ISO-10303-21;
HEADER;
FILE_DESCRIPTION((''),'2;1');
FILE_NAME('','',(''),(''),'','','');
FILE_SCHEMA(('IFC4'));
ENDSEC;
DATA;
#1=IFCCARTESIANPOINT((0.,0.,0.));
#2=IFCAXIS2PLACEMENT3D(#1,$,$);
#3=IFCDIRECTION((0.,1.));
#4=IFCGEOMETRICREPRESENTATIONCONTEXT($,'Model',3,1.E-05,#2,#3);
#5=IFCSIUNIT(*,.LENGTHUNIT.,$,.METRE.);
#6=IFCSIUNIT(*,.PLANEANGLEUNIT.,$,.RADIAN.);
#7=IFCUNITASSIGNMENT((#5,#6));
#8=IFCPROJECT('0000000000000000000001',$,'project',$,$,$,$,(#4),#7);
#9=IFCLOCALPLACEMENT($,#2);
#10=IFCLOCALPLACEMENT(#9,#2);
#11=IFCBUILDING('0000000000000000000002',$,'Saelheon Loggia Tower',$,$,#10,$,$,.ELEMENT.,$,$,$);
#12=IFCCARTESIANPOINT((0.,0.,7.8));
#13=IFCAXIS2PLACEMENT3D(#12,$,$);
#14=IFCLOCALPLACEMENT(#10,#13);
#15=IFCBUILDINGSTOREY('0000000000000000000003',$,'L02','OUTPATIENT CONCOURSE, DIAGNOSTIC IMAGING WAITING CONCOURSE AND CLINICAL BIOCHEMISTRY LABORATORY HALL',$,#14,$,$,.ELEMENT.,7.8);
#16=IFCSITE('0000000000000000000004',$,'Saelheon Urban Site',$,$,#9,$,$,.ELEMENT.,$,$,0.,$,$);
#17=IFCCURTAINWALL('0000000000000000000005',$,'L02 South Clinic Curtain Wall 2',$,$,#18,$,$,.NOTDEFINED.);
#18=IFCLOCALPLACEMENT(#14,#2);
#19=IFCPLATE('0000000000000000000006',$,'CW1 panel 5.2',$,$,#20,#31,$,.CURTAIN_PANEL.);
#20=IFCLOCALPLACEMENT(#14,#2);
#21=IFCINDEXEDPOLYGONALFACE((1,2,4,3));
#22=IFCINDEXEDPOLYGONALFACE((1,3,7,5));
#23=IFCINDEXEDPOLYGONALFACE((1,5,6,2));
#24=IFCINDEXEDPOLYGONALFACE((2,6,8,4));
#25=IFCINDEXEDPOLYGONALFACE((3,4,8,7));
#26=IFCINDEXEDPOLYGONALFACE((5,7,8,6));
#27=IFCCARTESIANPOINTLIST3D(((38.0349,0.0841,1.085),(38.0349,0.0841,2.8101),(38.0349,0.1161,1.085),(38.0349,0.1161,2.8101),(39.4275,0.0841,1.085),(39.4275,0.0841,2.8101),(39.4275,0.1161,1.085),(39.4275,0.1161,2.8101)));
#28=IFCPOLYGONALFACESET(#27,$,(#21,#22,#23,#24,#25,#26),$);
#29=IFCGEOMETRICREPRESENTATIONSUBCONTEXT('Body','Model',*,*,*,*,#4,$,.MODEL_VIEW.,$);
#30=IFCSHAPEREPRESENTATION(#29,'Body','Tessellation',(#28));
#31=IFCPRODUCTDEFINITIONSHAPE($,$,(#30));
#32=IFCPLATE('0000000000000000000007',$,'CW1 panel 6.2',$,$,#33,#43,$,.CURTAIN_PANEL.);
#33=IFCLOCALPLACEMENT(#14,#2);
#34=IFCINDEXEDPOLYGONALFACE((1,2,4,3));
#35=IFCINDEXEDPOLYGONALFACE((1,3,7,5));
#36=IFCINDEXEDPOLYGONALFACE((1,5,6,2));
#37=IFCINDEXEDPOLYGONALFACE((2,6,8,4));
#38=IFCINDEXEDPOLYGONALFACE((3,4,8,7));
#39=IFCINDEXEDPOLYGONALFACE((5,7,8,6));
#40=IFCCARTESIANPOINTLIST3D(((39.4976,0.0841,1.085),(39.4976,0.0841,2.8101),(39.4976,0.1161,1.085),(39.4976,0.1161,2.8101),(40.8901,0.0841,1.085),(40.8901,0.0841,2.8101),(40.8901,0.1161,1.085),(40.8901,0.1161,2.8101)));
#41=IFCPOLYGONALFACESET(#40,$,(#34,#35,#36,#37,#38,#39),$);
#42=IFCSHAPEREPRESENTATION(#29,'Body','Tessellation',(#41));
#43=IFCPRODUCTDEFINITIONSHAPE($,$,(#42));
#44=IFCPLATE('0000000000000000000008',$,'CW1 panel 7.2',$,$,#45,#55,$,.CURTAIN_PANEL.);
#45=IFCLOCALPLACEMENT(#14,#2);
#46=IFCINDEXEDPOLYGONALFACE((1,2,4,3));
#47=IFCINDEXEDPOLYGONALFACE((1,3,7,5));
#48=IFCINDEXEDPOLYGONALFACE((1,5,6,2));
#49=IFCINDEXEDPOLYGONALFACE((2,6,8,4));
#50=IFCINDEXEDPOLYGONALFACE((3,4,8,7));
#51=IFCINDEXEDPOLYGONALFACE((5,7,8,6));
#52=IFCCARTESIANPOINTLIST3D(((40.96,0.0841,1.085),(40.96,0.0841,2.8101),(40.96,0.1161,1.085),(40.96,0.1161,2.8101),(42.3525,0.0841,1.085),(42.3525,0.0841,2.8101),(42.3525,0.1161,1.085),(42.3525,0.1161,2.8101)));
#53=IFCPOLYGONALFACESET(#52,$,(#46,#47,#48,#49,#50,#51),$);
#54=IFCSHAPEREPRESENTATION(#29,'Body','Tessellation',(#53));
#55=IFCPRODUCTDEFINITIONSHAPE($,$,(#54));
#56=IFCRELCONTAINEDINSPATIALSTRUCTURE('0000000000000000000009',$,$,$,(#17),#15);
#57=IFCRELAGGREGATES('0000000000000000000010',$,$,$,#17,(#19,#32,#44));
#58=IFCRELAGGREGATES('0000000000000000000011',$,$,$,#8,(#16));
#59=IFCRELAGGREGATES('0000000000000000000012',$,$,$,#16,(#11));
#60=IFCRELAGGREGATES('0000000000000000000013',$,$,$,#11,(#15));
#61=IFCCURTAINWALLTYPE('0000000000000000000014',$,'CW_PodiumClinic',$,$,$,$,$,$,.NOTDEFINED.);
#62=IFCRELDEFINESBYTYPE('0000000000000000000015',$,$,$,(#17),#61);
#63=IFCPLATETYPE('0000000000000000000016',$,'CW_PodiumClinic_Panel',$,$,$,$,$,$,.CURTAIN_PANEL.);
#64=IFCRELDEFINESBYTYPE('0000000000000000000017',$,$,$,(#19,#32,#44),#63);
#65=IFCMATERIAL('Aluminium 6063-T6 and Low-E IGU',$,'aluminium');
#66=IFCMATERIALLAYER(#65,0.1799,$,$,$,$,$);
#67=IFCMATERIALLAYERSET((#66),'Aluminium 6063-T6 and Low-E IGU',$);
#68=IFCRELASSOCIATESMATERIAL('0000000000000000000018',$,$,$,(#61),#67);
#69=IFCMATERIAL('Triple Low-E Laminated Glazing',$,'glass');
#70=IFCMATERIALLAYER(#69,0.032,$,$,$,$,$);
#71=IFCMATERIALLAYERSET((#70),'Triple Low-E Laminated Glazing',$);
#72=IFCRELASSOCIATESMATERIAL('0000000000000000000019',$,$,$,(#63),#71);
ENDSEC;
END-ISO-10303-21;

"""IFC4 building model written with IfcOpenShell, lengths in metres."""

from ifc_helpers import new_model, si_unit, direction, frame, origin, origin_2d, place, context, subcontext, project, spatial, rectangle, extrude, source, transform, mapped, material, layer, layer_set, type_object, element, aggregate, save


model = new_model("IFC4")

# Units and contexts
model_context = context("Model", 3, precision=1e-05, world=origin(), true_north=direction((0.0, 1.0)))
body_context = subcontext(model_context, "Body", "Model", "MODEL_VIEW")
ifc_project = project(units=[si_unit("LENGTHUNIT", "METRE"), si_unit("PLANEANGLEUNIT", "RADIAN")], contexts=[model_context])

# Site, building, storey
site_placement = place(None, origin())
site = spatial("IfcSite", under=ifc_project, at=site_placement, Name="Saelheon Urban Site", CompositionType="ELEMENT", RefElevation=0.0)
building_placement = place(site_placement, origin())
building = spatial("IfcBuilding", under=site, at=building_placement, Name="Saelheon Loggia Tower", CompositionType="ELEMENT")
storey_placement = place(building_placement, frame((0.0, 0.0, 7.8)))
storey = spatial("IfcBuildingStorey", under=building, at=storey_placement, Name="L02", Description="OUTPATIENT CONCOURSE, DIAGNOSTIC IMAGING WAITING CONCOURSE AND CLINICAL BIOCHEMISTRY LABORATORY HALL", CompositionType="ELEMENT", Elevation=7.8)

# Curtain wall
ifc_material_1 = material(Name="Aluminium 6063-T6 and Low-E IGU", Category="aluminium")
ifc_layer_1 = layer(ifc_material_1, 0.1799)
ifc_layer_set_1 = layer_set([ifc_layer_1], Name="Aluminium 6063-T6 and Low-E IGU")
curtain_wall_type = type_object("IfcCurtainWallType", Name="CW_PodiumClinic", PredefinedType="NOTDEFINED", material=ifc_layer_set_1)
curtain_wall_1_placement = place(storey_placement, origin())
curtain_wall_1 = element("IfcCurtainWall", 1, at=curtain_wall_1_placement, inside=storey, type_object=curtain_wall_type, Name="L02 South Clinic Curtain Wall 2", PredefinedType="NOTDEFINED")

# Plates
ifc_material_2 = material(Name="Triple Low-E Laminated Glazing", Category="glass")
ifc_layer_2 = layer(ifc_material_2, 0.032)
ifc_layer_set_2 = layer_set([ifc_layer_2], Name="Triple Low-E Laminated Glazing")
plate_type = type_object("IfcPlateType", Name="CW_PodiumClinic_Panel", PredefinedType="CURTAIN_PANEL", material=ifc_layer_set_2)
shared_shape_1 = source(origin(), body_context, "Body", "SweptSolid", [
    extrude(rectangle(XDim=1.3926, YDim=0.032, at=origin_2d()), origin(), (0.0, 0.0, 1.0), 1.7251),
])
plate_1_placement = place(storey_placement, frame((38.7312, 0.1001, 1.085), z_axis=(0.0, 0.0, 1.0), x_axis=(1.0, 0.0, 0.0)))
plate_1 = element("IfcPlate", 2, at=plate_1_placement, type_object=plate_type, Name="CW1 panel 5.2", PredefinedType="CURTAIN_PANEL", context=body_context, shape_type="MappedRepresentation", body=[
    mapped(shared_shape_1, transform((0.0, 0.0, 0.0), scale=1.0)),
])
plate_2_placement = place(storey_placement, frame((40.1938, 0.1001, 1.085), z_axis=(0.0, 0.0, 1.0), x_axis=(1.0, 0.0, 0.0)))
plate_2 = element("IfcPlate", 3, at=plate_2_placement, type_object=plate_type, Name="CW1 panel 6.2", PredefinedType="CURTAIN_PANEL", context=body_context, shape_type="MappedRepresentation", body=[
    mapped(shared_shape_1, transform((0.0, 0.0, 0.0), scale=1.0)),
])
plate_3_placement = place(storey_placement, frame((41.6562, 0.1001, 1.085), z_axis=(0.0, 0.0, 1.0), x_axis=(1.0, 0.0, 0.0)))
plate_3 = element("IfcPlate", 4, at=plate_3_placement, type_object=plate_type, Name="CW1 panel 7.2", PredefinedType="CURTAIN_PANEL", context=body_context, shape_type="MappedRepresentation", body=[
    mapped(shared_shape_1, transform((0.0, 0.0, 0.0), scale=1.0)),
])
aggregate(curtain_wall_1, [plate_1, plate_2, plate_3])

save(model, "model.ifc")
